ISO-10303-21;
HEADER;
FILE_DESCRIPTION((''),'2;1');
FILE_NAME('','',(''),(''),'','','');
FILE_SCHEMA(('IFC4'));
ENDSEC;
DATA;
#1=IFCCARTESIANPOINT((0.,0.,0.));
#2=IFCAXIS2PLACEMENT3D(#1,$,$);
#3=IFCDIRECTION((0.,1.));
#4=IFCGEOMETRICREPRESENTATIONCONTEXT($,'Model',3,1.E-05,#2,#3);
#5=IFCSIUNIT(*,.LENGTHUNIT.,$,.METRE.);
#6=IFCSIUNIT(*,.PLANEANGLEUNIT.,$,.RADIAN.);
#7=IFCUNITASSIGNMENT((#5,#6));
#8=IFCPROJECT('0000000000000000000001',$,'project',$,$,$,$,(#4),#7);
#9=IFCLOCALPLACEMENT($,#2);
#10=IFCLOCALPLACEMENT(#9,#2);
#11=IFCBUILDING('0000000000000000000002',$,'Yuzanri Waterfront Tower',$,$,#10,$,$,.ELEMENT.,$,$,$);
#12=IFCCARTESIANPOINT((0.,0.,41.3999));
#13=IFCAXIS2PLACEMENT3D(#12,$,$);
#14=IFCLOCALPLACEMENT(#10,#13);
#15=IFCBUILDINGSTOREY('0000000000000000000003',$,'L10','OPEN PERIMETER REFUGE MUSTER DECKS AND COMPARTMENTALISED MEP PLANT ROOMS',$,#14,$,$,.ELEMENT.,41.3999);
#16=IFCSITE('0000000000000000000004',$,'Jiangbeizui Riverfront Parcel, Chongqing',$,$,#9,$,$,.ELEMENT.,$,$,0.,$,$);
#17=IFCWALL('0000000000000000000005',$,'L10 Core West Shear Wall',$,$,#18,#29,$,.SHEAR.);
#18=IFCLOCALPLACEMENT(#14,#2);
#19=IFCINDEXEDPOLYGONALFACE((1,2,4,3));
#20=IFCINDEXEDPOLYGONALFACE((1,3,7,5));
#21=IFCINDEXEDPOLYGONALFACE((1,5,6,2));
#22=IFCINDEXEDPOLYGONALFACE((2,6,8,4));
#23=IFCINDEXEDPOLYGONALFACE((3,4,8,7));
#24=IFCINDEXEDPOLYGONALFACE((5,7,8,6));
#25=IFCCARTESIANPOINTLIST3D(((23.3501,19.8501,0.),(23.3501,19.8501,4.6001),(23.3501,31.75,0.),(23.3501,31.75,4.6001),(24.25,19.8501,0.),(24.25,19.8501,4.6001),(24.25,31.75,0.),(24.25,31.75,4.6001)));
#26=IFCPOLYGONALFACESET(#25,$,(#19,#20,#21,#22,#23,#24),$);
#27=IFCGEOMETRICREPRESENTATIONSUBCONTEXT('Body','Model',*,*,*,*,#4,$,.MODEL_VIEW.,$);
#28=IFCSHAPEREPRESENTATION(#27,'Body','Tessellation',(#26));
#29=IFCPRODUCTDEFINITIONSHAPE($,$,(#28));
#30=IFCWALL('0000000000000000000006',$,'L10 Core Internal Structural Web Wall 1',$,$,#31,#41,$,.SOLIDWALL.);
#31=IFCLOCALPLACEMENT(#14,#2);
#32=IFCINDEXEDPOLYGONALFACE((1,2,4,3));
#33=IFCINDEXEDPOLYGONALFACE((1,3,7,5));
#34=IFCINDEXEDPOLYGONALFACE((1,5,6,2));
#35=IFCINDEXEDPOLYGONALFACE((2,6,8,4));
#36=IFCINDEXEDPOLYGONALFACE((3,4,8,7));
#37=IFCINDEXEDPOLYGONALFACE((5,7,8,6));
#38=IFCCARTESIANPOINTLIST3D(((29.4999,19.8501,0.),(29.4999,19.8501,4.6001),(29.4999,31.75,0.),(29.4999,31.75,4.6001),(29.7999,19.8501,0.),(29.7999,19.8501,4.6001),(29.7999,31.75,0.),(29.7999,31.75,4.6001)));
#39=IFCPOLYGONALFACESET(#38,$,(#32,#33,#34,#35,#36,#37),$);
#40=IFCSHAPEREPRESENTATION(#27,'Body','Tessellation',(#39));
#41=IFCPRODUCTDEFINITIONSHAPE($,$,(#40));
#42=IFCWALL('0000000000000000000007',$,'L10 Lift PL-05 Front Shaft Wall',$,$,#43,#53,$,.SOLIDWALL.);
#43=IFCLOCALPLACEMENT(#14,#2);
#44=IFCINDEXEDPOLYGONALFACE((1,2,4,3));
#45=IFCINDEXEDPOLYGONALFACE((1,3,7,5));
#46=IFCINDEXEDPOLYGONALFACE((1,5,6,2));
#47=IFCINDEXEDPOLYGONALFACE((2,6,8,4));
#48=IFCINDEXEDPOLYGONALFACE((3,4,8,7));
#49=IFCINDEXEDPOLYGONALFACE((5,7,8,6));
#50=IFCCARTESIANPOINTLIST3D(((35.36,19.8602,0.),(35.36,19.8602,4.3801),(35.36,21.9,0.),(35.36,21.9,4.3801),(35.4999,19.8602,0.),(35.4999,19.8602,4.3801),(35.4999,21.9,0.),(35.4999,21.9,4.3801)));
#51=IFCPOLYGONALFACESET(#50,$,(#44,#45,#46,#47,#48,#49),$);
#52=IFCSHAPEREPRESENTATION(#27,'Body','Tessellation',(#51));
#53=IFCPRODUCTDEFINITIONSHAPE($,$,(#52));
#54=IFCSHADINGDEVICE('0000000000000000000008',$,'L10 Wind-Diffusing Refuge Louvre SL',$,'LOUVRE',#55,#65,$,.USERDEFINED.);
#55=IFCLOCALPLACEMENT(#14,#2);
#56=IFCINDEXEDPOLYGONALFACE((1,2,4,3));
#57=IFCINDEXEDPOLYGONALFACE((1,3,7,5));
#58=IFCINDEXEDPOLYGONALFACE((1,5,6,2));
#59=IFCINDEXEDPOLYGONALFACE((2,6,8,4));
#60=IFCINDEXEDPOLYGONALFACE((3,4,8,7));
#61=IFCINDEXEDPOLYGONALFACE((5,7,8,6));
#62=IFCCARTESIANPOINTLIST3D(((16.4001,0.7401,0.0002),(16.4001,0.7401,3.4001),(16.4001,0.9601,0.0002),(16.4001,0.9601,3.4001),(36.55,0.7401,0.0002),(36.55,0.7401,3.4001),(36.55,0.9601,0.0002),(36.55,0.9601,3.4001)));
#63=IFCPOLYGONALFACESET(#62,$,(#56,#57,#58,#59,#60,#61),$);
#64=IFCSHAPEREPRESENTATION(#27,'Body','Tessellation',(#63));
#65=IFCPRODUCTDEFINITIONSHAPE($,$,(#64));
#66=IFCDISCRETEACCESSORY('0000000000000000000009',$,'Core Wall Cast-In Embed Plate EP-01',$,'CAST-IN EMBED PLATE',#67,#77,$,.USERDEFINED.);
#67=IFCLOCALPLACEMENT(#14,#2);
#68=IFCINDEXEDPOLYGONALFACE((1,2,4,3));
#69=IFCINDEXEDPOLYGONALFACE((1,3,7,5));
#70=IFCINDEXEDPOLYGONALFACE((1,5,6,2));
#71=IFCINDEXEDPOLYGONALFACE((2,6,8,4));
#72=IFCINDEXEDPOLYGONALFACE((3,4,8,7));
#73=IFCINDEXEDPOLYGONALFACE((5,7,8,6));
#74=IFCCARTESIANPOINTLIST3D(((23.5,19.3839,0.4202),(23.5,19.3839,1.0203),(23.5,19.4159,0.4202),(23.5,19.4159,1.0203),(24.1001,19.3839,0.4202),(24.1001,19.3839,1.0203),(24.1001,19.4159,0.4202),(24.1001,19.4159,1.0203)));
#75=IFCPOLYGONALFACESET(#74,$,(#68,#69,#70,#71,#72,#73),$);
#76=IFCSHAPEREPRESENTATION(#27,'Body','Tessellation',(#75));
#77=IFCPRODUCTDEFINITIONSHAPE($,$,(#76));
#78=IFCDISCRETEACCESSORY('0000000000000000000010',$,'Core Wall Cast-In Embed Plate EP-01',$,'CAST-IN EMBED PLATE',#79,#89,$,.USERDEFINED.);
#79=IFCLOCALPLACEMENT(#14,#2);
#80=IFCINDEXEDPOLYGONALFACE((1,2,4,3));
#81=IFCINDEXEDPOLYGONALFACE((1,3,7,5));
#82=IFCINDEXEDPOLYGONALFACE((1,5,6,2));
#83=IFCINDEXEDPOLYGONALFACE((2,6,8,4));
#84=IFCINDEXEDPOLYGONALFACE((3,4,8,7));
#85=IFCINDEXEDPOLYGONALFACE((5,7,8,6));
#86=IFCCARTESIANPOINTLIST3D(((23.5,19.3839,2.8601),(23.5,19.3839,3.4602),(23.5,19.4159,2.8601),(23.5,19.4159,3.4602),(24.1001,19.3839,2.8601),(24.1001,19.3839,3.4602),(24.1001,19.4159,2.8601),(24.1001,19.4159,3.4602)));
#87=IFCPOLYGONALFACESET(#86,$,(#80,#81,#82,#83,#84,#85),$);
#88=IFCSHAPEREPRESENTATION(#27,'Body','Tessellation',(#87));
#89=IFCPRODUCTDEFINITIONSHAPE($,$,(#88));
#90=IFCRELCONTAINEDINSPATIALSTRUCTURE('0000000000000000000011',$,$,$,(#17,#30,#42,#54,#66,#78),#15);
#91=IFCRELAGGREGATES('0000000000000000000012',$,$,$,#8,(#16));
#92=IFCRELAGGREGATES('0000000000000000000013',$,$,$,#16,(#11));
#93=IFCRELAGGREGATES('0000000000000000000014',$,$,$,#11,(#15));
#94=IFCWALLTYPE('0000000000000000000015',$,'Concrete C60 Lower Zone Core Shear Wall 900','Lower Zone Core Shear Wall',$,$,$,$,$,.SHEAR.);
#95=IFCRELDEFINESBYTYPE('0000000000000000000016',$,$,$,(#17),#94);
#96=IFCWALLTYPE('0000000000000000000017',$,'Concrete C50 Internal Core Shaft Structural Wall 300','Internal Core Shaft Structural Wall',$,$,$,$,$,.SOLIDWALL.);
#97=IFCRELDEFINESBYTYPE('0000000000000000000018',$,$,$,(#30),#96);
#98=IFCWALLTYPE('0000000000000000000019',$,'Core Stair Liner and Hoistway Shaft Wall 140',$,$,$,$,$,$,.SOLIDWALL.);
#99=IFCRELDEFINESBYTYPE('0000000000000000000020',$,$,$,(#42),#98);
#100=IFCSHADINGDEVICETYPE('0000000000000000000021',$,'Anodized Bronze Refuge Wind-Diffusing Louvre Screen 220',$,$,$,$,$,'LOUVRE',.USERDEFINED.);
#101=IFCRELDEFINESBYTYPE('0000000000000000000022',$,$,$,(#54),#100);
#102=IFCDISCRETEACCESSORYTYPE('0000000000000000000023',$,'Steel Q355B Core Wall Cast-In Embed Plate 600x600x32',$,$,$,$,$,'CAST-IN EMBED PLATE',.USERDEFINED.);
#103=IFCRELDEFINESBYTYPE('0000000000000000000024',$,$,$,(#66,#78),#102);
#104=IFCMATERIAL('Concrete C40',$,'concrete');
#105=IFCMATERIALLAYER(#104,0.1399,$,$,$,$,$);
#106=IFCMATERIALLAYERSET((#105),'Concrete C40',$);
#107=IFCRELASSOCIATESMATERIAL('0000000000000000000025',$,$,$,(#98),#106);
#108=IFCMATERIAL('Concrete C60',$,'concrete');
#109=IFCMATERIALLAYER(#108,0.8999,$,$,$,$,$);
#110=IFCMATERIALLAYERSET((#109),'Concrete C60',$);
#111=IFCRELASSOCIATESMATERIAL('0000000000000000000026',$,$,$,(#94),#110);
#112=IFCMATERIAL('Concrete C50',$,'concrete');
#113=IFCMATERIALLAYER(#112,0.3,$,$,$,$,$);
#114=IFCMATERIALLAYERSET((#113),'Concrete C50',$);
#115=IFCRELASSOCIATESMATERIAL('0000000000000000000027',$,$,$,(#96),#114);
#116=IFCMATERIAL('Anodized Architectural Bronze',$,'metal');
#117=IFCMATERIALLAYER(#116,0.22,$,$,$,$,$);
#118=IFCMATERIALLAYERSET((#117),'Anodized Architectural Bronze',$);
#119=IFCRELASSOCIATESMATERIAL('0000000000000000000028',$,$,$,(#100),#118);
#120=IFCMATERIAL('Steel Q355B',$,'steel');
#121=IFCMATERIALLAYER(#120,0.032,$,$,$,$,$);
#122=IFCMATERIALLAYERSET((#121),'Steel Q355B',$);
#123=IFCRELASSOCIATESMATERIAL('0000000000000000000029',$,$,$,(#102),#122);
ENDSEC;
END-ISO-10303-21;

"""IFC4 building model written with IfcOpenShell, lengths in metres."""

from ifc_helpers import new_model, si_unit, direction, frame, frame_2d, origin, origin_2d, place, context, subcontext, project, spatial, rectangle, extrude, source, transform, mapped, material, layer, layer_set, type_object, element, save


model = new_model("IFC4")

# Units and contexts
model_context = context("Model", 3, precision=1e-05, world=origin(), true_north=direction((0.0, 1.0)))
body_context = subcontext(model_context, "Body", "Model", "MODEL_VIEW")
ifc_project = project(units=[si_unit("LENGTHUNIT", "METRE"), si_unit("PLANEANGLEUNIT", "RADIAN")], contexts=[model_context])

# Site, building, storey
site_placement = place(None, origin())
site = spatial("IfcSite", under=ifc_project, at=site_placement, Name="Jiangbeizui Riverfront Parcel, Chongqing", CompositionType="ELEMENT", RefElevation=0.0)
building_placement = place(site_placement, origin())
building = spatial("IfcBuilding", under=site, at=building_placement, Name="Yuzanri Waterfront Tower", CompositionType="ELEMENT")
storey_placement = place(building_placement, frame((0.0, 0.0, 41.3999)))
storey = spatial("IfcBuildingStorey", under=building, at=storey_placement, Name="L10", Description="OPEN PERIMETER REFUGE MUSTER DECKS AND COMPARTMENTALISED MEP PLANT ROOMS", CompositionType="ELEMENT", Elevation=41.3999)

# Shared definitions
ifc_material_1 = material(Name="Concrete C40", Category="concrete")
ifc_layer_1 = layer(ifc_material_1, 0.1399)
ifc_layer_set_1 = layer_set([ifc_layer_1], Name="Concrete C40")
wall_type_1 = type_object("IfcWallType", Name="Core Stair Liner and Hoistway Shaft Wall 140", PredefinedType="SOLIDWALL", material=ifc_layer_set_1)

# Walls
ifc_material_2 = material(Name="Concrete C60", Category="concrete")
ifc_layer_2 = layer(ifc_material_2, 0.8999)
ifc_layer_set_2 = layer_set([ifc_layer_2], Name="Concrete C60")
wall_type_2 = type_object("IfcWallType", Name="Concrete C60 Lower Zone Core Shear Wall 900", Description="Lower Zone Core Shear Wall", PredefinedType="SHEAR", material=ifc_layer_set_2)
shared_shape_1 = source(origin(), body_context, "Body", "SweptSolid", [
    extrude(rectangle(XDim=11.8999, YDim=0.8999, at=frame_2d((5.95, 0.0))), origin(), (0.0, 0.0, 1.0), 4.6001),
])
wall_1_placement = place(storey_placement, frame((23.8, 19.8501, 0.0), z_axis=(0.0, 0.0, 1.0), x_axis=(0.0, 1.0, 0.0)))
element("IfcWall", 1, at=wall_1_placement, inside=storey, type_object=wall_type_2, Name="L10 Core West Shear Wall", PredefinedType="SHEAR", context=body_context, shape_type="MappedRepresentation", body=[
    mapped(shared_shape_1, transform((0.0, 0.0, 0.0), scale=1.0)),
])
ifc_material_3 = material(Name="Concrete C50", Category="concrete")
ifc_layer_3 = layer(ifc_material_3, 0.3)
ifc_layer_set_3 = layer_set([ifc_layer_3], Name="Concrete C50")
wall_type_3 = type_object("IfcWallType", Name="Concrete C50 Internal Core Shaft Structural Wall 300", Description="Internal Core Shaft Structural Wall", PredefinedType="SOLIDWALL", material=ifc_layer_set_3)
shared_shape_2 = source(origin(), body_context, "Body", "SweptSolid", [
    extrude(rectangle(XDim=11.8999, YDim=0.3, at=frame_2d((5.95, 0.0))), origin(), (0.0, 0.0, 1.0), 4.6001),
])
wall_2_placement = place(storey_placement, frame((29.6499, 19.8501, 0.0), z_axis=(0.0, 0.0, 1.0), x_axis=(0.0, 1.0, 0.0)))
element("IfcWall", 2, at=wall_2_placement, inside=storey, type_object=wall_type_3, Name="L10 Core Internal Structural Web Wall 1", PredefinedType="SOLIDWALL", context=body_context, shape_type="MappedRepresentation", body=[
    mapped(shared_shape_2, transform((0.0, 0.0, 0.0), scale=1.0)),
])
shared_shape_3 = source(origin(), body_context, "Body", "SweptSolid", [
    extrude(rectangle(XDim=2.0398, YDim=0.1399, at=frame_2d((1.02, 0.0))), origin(), (0.0, 0.0, 1.0), 4.3801),
])
wall_3_placement = place(storey_placement, frame((35.4299, 19.8601, 0.0), z_axis=(0.0, 0.0, 1.0), x_axis=(0.0, 1.0, 0.0)))
element("IfcWall", 3, at=wall_3_placement, inside=storey, type_object=wall_type_1, Name="L10 Lift PL-05 Front Shaft Wall", PredefinedType="SOLIDWALL", context=body_context, shape_type="MappedRepresentation", body=[
    mapped(shared_shape_3, transform((0.0, 0.0, 0.0), scale=1.0)),
])

# Shading device
ifc_material_4 = material(Name="Anodized Architectural Bronze", Category="metal")
ifc_layer_4 = layer(ifc_material_4, 0.22)
ifc_layer_set_4 = layer_set([ifc_layer_4], Name="Anodized Architectural Bronze")
shading_device_type = type_object("IfcShadingDeviceType", Name="Anodized Bronze Refuge Wind-Diffusing Louvre Screen 220", ElementType="LOUVRE", PredefinedType="USERDEFINED", material=ifc_layer_set_4)
shared_shape_4 = source(origin(), body_context, "Body", "SweptSolid", [
    extrude(rectangle(XDim=20.1499, YDim=0.22, at=origin_2d()), origin(), (0.0, 0.0, 1.0), 3.3999),
])
shading_device_placement = place(storey_placement, frame((26.4751, 0.8501, 0.0002), z_axis=(0.0, 0.0, 1.0), x_axis=(1.0, 0.0, 0.0)))
element("IfcShadingDevice", 4, at=shading_device_placement, inside=storey, type_object=shading_device_type, Name="L10 Wind-Diffusing Refuge Louvre SL", ObjectType="LOUVRE", PredefinedType="USERDEFINED", context=body_context, shape_type="MappedRepresentation", body=[
    mapped(shared_shape_4, transform((0.0, 0.0, 0.0), scale=1.0)),
])

# Discrete accessories
ifc_material_5 = material(Name="Steel Q355B", Category="steel")
ifc_layer_5 = layer(ifc_material_5, 0.032)
ifc_layer_set_5 = layer_set([ifc_layer_5], Name="Steel Q355B")
discrete_accessory_type = type_object("IfcDiscreteAccessoryType", Name="Steel Q355B Core Wall Cast-In Embed Plate 600x600x32", ElementType="CAST-IN EMBED PLATE", PredefinedType="USERDEFINED", material=ifc_layer_set_5)
shared_shape_5 = source(origin(), body_context, "Body", "SweptSolid", [
    extrude(rectangle(XDim=0.6001, YDim=0.032, at=origin_2d()), origin(), (0.0, 0.0, 1.0), 0.6001),
])
for number, where, z_axis, x_axis, name in (
    (5, (23.8, 19.3999, 0.4202), (0.0, 0.0, 1.0), (1.0, 0.0, 0.0), "Core Wall Cast-In Embed Plate EP-01"),
    (6, (23.8, 19.3999, 2.8601), (0.0, 0.0, 1.0), (1.0, 0.0, 0.0), "Core Wall Cast-In Embed Plate EP-01"),
):
    element("IfcDiscreteAccessory", number, at=place(storey_placement, frame(where, z_axis=z_axis, x_axis=x_axis)), inside=storey, type_object=discrete_accessory_type, Name=name, ObjectType="CAST-IN EMBED PLATE", PredefinedType="USERDEFINED", context=body_context, shape_type="MappedRepresentation", body=[
        mapped(shared_shape_5, transform((0.0, 0.0, 0.0), scale=1.0)),
    ])

save(model, "model.ifc")
